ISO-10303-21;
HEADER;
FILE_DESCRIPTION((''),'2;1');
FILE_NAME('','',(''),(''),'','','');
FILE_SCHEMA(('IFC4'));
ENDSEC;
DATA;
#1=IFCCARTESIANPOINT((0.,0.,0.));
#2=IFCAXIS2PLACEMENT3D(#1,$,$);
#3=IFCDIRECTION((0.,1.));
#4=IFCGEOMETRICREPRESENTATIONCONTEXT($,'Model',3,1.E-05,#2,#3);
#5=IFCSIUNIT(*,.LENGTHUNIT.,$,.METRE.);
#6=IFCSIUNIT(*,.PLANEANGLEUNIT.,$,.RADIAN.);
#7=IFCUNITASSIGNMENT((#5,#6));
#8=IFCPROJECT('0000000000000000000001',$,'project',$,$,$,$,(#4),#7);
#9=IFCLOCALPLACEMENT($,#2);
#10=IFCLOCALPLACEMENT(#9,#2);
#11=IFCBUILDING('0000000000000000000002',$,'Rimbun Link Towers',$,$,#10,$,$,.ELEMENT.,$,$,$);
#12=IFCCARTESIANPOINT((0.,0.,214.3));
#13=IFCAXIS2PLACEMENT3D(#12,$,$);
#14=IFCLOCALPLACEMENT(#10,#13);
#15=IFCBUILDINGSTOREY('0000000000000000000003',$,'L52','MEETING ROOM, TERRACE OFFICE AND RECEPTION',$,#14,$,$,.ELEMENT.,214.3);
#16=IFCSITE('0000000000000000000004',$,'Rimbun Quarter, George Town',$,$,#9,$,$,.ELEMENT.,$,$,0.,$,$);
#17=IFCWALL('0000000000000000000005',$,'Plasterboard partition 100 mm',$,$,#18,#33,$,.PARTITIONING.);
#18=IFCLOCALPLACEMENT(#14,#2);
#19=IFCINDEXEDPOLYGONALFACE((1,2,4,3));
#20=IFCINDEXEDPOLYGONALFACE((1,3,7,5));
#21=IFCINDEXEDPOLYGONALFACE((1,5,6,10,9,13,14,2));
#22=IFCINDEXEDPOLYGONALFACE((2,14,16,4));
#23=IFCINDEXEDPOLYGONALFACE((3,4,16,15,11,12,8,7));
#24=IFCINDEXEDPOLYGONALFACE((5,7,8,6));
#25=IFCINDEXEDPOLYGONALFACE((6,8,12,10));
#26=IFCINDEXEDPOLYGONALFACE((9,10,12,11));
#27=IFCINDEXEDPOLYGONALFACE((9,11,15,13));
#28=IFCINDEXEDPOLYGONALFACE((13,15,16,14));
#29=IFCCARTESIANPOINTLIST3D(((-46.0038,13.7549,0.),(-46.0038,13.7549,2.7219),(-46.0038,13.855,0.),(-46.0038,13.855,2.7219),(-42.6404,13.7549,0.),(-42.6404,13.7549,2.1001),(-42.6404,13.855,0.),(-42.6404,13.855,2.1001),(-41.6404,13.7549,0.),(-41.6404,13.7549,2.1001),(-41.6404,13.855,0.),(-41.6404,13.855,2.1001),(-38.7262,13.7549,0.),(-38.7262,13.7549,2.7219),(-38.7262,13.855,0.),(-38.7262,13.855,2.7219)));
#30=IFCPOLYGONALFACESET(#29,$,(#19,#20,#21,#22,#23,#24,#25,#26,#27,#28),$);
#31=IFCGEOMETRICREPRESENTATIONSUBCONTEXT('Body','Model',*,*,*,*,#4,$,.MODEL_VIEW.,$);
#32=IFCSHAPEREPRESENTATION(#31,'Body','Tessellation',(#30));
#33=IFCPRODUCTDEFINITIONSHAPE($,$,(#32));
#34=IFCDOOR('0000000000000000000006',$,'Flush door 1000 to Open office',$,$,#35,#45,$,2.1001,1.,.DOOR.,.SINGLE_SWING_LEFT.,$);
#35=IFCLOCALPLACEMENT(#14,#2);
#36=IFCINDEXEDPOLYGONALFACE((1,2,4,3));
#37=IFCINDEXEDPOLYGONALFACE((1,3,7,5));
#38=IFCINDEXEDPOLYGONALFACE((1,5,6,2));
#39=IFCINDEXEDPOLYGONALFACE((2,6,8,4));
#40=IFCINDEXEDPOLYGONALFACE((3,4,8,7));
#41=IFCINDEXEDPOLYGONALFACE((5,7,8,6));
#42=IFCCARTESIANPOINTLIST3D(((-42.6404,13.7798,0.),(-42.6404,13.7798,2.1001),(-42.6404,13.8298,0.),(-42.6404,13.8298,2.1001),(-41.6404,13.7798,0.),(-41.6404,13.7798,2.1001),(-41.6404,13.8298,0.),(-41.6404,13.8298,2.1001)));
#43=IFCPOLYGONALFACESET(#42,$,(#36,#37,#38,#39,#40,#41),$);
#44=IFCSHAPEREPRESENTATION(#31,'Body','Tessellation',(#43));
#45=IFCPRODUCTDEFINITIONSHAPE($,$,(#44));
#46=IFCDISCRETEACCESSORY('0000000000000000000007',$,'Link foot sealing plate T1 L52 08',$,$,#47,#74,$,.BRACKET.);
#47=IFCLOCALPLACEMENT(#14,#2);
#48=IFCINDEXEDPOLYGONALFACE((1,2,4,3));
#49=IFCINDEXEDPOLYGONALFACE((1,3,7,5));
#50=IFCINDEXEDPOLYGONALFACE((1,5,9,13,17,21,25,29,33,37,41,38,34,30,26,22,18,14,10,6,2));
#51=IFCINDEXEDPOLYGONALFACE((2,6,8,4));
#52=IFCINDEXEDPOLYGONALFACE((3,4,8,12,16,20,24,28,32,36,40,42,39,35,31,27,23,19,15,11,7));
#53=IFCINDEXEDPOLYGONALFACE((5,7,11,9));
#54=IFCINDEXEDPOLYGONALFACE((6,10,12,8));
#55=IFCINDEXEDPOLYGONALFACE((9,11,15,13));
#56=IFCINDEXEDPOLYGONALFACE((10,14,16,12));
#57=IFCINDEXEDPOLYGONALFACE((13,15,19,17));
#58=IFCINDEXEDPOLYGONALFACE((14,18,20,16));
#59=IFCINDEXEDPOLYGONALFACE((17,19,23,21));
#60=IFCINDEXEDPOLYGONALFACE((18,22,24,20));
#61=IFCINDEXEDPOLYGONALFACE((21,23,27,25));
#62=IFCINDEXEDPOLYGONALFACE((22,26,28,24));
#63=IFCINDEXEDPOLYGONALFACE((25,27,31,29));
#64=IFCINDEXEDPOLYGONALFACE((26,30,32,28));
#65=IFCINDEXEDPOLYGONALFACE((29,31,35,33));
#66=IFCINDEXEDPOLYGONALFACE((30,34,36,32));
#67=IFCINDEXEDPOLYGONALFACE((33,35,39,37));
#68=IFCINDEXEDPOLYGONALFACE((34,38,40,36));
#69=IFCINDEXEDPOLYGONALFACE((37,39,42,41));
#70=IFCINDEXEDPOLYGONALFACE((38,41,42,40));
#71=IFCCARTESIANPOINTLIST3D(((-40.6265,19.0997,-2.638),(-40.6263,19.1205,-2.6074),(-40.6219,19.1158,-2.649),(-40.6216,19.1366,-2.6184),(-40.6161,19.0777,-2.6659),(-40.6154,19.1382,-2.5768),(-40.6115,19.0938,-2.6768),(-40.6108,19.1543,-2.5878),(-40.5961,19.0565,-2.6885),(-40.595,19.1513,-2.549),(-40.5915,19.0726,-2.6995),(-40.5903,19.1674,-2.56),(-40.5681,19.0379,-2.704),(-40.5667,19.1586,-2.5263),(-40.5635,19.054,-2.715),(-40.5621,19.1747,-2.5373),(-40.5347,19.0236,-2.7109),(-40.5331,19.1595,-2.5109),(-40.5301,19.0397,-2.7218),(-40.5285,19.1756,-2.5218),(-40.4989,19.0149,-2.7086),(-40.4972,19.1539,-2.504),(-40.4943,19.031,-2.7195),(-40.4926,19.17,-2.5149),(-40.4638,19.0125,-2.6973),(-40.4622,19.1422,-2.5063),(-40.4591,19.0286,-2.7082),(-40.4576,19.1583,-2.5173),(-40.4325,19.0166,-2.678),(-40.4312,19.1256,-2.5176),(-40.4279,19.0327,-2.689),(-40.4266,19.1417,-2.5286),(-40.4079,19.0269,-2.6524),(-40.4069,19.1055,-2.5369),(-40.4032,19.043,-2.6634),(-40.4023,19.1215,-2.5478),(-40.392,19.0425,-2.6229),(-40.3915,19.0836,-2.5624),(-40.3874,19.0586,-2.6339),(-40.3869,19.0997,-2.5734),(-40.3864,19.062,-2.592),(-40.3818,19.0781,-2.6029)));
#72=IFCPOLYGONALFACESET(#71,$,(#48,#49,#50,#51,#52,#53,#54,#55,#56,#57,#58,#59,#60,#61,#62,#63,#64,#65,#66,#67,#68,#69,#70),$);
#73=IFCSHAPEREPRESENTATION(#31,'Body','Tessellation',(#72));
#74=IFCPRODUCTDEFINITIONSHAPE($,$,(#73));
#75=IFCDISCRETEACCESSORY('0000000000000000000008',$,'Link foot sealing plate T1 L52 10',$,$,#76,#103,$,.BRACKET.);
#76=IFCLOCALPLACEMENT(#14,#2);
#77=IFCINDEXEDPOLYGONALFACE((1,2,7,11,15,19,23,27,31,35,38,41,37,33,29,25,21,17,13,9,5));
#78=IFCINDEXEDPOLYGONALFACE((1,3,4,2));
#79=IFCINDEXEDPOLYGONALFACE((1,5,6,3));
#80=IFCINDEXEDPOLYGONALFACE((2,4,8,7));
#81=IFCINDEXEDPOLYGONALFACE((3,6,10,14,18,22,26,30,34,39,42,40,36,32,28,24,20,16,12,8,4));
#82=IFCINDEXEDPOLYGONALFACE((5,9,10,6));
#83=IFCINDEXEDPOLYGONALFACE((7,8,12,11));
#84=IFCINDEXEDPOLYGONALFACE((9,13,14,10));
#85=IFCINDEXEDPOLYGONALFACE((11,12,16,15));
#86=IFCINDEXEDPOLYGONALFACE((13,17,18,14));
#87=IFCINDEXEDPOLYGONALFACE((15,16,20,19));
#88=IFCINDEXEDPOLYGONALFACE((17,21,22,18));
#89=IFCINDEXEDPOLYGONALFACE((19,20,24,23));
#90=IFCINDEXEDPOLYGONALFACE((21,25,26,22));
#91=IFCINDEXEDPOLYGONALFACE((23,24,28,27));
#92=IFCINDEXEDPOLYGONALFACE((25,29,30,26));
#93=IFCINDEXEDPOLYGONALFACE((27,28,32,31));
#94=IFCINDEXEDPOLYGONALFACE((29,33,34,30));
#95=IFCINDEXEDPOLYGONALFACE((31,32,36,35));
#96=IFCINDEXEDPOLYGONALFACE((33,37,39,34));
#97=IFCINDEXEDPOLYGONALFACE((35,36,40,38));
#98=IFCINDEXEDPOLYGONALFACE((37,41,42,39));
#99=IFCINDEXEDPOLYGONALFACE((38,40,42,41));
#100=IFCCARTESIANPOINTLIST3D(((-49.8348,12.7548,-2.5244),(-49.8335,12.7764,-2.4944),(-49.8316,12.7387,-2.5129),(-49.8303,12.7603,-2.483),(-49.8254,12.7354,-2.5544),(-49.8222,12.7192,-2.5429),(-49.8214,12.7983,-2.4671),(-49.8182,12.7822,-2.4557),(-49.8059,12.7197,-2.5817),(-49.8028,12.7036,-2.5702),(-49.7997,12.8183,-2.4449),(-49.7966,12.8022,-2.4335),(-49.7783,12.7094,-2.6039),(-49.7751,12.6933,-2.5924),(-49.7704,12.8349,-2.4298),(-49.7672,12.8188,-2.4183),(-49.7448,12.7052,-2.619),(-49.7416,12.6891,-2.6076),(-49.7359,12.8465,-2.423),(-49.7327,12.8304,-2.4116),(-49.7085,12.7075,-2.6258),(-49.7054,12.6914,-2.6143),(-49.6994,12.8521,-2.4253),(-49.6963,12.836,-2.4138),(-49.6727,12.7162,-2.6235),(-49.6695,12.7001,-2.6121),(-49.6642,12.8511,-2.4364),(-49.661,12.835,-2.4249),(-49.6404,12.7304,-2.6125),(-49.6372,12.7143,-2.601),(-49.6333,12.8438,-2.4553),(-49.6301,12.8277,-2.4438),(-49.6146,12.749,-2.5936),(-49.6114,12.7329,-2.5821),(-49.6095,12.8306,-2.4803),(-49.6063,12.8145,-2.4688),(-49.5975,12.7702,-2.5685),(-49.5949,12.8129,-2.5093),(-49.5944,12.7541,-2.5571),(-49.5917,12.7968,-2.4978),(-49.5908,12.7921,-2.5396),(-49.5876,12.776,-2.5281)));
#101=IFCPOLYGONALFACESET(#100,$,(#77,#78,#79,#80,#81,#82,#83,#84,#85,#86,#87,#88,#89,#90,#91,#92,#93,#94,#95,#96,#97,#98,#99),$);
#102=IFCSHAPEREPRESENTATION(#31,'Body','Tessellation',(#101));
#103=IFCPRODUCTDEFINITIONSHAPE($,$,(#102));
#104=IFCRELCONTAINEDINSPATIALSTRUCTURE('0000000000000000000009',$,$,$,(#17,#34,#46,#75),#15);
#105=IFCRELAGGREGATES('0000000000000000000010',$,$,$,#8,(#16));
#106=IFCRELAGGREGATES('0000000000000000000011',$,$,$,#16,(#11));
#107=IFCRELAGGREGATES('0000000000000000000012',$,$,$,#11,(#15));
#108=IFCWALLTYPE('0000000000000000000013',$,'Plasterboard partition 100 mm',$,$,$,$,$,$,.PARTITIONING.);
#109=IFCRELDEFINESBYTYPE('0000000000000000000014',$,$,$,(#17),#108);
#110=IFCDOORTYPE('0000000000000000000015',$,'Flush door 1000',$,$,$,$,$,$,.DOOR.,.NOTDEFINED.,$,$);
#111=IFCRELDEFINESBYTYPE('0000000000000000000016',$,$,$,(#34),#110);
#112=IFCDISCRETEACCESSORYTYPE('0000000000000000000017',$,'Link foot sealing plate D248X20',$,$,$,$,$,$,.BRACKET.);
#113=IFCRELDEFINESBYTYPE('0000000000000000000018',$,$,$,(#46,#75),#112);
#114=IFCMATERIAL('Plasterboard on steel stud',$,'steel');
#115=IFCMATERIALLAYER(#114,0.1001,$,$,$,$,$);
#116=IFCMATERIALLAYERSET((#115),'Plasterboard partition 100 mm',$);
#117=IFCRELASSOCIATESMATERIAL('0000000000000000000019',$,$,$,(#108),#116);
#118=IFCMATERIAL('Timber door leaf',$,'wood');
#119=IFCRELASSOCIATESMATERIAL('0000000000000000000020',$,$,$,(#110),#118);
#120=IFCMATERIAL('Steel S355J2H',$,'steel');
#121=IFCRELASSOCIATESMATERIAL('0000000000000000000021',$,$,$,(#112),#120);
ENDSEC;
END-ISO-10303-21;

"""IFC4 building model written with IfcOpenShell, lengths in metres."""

from ifc_helpers import new_model, si_unit, direction, frame, frame_2d, origin, origin_2d, place, context, subcontext, project, spatial, rectangle, circle, extrude, material, layer, layer_set, material_profile, profile_set, type_object, element, fill, save


model = new_model("IFC4")

# Units and contexts
model_context = context("Model", 3, precision=1e-05, world=origin(), true_north=direction((0.0, 1.0)))
body_context = subcontext(model_context, "Body", "Model", "MODEL_VIEW")
ifc_project = project(units=[si_unit("LENGTHUNIT", "METRE"), si_unit("PLANEANGLEUNIT", "RADIAN")], contexts=[model_context])

# Site, building, storey
site_placement = place(None, origin())
site = spatial("IfcSite", under=ifc_project, at=site_placement, Name="Rimbun Quarter, George Town", CompositionType="ELEMENT", RefElevation=0.0)
building_placement = place(site_placement, origin())
building = spatial("IfcBuilding", under=site, at=building_placement, Name="Rimbun Link Towers", CompositionType="ELEMENT")
storey_placement = place(building_placement, frame((0.0, 0.0, 214.3)))
storey = spatial("IfcBuildingStorey", under=building, at=storey_placement, Name="L52", Description="MEETING ROOM, TERRACE OFFICE AND RECEPTION", CompositionType="ELEMENT", Elevation=214.3)

# Wall, opening, door
ifc_material_1 = material(Name="Plasterboard on steel stud", Category="steel")
ifc_layer_1 = layer(ifc_material_1, 0.1001)
ifc_layer_set_1 = layer_set([ifc_layer_1], Name="Plasterboard partition 100 mm")
wall_type = type_object("IfcWallType", Name="Plasterboard partition 100 mm", PredefinedType="PARTITIONING", material=ifc_layer_set_1)
wall_placement = place(storey_placement, frame((-46.0037, 13.8049, 0.0), z_axis=(0.0, 0.0, 1.0), x_axis=(1.0, 0.0, 0.0)))
wall = element("IfcWall", 1, at=wall_placement, inside=storey, type_object=wall_type, Name="Plasterboard partition 100 mm", PredefinedType="PARTITIONING", context=body_context, shape_type="SweptSolid", body=[
    extrude(rectangle(XDim=7.2776, YDim=0.1001, at=frame_2d((3.6387, 0.0))), origin(), (0.0, 0.0, 1.0), 2.7219),
])
opening_placement = place(wall_placement, frame((3.3633, 0.0, 0.0)))
opening = element("IfcOpeningElement", 2, at=opening_placement, cuts=wall, PredefinedType="OPENING", context=body_context, shape_type="SweptSolid", body=[
    extrude(rectangle(XDim=1.0, YDim=2.1001, at=frame_2d((0.5, 1.05))), frame((0.0, 0.0601, 0.0), z_axis=(0.0, -1.0, 0.0), x_axis=(1.0, 0.0, 0.0)), (0.0, 0.0, 1.0), 0.1201),
])
ifc_material_2 = material(Name="Timber door leaf", Category="wood")
door_type = type_object("IfcDoorType", Name="Flush door 1000", OperationType="NOTDEFINED", PredefinedType="DOOR", material=ifc_material_2)
door_placement = place(opening_placement, origin())
door = element("IfcDoor", 3, at=door_placement, inside=storey, type_object=door_type, Name="Flush door 1000 to Open office", OperationType="SINGLE_SWING_LEFT", OverallHeight=2.1001, OverallWidth=1.0, PredefinedType="DOOR", context=body_context, shape_type="SweptSolid", body=[
    extrude(rectangle(XDim=1.0, YDim=2.1001, at=frame_2d((0.5, 1.05))), frame((0.0, 0.0249, 0.0), z_axis=(0.0, -1.0, 0.0), x_axis=(1.0, 0.0, 0.0)), (0.0, 0.0, 1.0), 0.05),
])
fill(opening, door)

# Discrete accessories
ifc_material_3 = material(Name="Steel S355J2H", Category="steel")
ifc_material_profile_1 = material_profile(ifc_material_3, circle(Radius=0.124, at=origin_2d()), Name="PL D248")
ifc_profile_set_1 = profile_set([ifc_material_profile_1], Name="Steel S355J2H")
discrete_accessory_type = type_object("IfcDiscreteAccessoryType", Name="Link foot sealing plate D248X20", PredefinedType="BRACKET", material=ifc_profile_set_1)
for number, where, z_axis, x_axis, name in (
    (4, (-40.5071, 19.0862, -2.6074), (0.231398, 0.803803, -0.548047), (-0.960973, 0.276644, 0.0), "Link foot sealing plate T1 L52 08"),
    (5, (-49.71, 12.7627, -2.5129), (-0.158419, 0.80428, -0.572745), (-0.981148, -0.193256, 0.0), "Link foot sealing plate T1 L52 10"),
):
    element("IfcDiscreteAccessory", number, at=place(storey_placement, frame(where, z_axis=z_axis, x_axis=x_axis)), inside=storey, type_object=discrete_accessory_type, Name=name, PredefinedType="BRACKET", context=body_context, shape_type="SweptSolid", body=[
        extrude(circle(Radius=0.124, at=origin_2d()), origin(), (0.0, 0.0, 1.0), 0.02),
    ])

save(model, "model.ifc")
